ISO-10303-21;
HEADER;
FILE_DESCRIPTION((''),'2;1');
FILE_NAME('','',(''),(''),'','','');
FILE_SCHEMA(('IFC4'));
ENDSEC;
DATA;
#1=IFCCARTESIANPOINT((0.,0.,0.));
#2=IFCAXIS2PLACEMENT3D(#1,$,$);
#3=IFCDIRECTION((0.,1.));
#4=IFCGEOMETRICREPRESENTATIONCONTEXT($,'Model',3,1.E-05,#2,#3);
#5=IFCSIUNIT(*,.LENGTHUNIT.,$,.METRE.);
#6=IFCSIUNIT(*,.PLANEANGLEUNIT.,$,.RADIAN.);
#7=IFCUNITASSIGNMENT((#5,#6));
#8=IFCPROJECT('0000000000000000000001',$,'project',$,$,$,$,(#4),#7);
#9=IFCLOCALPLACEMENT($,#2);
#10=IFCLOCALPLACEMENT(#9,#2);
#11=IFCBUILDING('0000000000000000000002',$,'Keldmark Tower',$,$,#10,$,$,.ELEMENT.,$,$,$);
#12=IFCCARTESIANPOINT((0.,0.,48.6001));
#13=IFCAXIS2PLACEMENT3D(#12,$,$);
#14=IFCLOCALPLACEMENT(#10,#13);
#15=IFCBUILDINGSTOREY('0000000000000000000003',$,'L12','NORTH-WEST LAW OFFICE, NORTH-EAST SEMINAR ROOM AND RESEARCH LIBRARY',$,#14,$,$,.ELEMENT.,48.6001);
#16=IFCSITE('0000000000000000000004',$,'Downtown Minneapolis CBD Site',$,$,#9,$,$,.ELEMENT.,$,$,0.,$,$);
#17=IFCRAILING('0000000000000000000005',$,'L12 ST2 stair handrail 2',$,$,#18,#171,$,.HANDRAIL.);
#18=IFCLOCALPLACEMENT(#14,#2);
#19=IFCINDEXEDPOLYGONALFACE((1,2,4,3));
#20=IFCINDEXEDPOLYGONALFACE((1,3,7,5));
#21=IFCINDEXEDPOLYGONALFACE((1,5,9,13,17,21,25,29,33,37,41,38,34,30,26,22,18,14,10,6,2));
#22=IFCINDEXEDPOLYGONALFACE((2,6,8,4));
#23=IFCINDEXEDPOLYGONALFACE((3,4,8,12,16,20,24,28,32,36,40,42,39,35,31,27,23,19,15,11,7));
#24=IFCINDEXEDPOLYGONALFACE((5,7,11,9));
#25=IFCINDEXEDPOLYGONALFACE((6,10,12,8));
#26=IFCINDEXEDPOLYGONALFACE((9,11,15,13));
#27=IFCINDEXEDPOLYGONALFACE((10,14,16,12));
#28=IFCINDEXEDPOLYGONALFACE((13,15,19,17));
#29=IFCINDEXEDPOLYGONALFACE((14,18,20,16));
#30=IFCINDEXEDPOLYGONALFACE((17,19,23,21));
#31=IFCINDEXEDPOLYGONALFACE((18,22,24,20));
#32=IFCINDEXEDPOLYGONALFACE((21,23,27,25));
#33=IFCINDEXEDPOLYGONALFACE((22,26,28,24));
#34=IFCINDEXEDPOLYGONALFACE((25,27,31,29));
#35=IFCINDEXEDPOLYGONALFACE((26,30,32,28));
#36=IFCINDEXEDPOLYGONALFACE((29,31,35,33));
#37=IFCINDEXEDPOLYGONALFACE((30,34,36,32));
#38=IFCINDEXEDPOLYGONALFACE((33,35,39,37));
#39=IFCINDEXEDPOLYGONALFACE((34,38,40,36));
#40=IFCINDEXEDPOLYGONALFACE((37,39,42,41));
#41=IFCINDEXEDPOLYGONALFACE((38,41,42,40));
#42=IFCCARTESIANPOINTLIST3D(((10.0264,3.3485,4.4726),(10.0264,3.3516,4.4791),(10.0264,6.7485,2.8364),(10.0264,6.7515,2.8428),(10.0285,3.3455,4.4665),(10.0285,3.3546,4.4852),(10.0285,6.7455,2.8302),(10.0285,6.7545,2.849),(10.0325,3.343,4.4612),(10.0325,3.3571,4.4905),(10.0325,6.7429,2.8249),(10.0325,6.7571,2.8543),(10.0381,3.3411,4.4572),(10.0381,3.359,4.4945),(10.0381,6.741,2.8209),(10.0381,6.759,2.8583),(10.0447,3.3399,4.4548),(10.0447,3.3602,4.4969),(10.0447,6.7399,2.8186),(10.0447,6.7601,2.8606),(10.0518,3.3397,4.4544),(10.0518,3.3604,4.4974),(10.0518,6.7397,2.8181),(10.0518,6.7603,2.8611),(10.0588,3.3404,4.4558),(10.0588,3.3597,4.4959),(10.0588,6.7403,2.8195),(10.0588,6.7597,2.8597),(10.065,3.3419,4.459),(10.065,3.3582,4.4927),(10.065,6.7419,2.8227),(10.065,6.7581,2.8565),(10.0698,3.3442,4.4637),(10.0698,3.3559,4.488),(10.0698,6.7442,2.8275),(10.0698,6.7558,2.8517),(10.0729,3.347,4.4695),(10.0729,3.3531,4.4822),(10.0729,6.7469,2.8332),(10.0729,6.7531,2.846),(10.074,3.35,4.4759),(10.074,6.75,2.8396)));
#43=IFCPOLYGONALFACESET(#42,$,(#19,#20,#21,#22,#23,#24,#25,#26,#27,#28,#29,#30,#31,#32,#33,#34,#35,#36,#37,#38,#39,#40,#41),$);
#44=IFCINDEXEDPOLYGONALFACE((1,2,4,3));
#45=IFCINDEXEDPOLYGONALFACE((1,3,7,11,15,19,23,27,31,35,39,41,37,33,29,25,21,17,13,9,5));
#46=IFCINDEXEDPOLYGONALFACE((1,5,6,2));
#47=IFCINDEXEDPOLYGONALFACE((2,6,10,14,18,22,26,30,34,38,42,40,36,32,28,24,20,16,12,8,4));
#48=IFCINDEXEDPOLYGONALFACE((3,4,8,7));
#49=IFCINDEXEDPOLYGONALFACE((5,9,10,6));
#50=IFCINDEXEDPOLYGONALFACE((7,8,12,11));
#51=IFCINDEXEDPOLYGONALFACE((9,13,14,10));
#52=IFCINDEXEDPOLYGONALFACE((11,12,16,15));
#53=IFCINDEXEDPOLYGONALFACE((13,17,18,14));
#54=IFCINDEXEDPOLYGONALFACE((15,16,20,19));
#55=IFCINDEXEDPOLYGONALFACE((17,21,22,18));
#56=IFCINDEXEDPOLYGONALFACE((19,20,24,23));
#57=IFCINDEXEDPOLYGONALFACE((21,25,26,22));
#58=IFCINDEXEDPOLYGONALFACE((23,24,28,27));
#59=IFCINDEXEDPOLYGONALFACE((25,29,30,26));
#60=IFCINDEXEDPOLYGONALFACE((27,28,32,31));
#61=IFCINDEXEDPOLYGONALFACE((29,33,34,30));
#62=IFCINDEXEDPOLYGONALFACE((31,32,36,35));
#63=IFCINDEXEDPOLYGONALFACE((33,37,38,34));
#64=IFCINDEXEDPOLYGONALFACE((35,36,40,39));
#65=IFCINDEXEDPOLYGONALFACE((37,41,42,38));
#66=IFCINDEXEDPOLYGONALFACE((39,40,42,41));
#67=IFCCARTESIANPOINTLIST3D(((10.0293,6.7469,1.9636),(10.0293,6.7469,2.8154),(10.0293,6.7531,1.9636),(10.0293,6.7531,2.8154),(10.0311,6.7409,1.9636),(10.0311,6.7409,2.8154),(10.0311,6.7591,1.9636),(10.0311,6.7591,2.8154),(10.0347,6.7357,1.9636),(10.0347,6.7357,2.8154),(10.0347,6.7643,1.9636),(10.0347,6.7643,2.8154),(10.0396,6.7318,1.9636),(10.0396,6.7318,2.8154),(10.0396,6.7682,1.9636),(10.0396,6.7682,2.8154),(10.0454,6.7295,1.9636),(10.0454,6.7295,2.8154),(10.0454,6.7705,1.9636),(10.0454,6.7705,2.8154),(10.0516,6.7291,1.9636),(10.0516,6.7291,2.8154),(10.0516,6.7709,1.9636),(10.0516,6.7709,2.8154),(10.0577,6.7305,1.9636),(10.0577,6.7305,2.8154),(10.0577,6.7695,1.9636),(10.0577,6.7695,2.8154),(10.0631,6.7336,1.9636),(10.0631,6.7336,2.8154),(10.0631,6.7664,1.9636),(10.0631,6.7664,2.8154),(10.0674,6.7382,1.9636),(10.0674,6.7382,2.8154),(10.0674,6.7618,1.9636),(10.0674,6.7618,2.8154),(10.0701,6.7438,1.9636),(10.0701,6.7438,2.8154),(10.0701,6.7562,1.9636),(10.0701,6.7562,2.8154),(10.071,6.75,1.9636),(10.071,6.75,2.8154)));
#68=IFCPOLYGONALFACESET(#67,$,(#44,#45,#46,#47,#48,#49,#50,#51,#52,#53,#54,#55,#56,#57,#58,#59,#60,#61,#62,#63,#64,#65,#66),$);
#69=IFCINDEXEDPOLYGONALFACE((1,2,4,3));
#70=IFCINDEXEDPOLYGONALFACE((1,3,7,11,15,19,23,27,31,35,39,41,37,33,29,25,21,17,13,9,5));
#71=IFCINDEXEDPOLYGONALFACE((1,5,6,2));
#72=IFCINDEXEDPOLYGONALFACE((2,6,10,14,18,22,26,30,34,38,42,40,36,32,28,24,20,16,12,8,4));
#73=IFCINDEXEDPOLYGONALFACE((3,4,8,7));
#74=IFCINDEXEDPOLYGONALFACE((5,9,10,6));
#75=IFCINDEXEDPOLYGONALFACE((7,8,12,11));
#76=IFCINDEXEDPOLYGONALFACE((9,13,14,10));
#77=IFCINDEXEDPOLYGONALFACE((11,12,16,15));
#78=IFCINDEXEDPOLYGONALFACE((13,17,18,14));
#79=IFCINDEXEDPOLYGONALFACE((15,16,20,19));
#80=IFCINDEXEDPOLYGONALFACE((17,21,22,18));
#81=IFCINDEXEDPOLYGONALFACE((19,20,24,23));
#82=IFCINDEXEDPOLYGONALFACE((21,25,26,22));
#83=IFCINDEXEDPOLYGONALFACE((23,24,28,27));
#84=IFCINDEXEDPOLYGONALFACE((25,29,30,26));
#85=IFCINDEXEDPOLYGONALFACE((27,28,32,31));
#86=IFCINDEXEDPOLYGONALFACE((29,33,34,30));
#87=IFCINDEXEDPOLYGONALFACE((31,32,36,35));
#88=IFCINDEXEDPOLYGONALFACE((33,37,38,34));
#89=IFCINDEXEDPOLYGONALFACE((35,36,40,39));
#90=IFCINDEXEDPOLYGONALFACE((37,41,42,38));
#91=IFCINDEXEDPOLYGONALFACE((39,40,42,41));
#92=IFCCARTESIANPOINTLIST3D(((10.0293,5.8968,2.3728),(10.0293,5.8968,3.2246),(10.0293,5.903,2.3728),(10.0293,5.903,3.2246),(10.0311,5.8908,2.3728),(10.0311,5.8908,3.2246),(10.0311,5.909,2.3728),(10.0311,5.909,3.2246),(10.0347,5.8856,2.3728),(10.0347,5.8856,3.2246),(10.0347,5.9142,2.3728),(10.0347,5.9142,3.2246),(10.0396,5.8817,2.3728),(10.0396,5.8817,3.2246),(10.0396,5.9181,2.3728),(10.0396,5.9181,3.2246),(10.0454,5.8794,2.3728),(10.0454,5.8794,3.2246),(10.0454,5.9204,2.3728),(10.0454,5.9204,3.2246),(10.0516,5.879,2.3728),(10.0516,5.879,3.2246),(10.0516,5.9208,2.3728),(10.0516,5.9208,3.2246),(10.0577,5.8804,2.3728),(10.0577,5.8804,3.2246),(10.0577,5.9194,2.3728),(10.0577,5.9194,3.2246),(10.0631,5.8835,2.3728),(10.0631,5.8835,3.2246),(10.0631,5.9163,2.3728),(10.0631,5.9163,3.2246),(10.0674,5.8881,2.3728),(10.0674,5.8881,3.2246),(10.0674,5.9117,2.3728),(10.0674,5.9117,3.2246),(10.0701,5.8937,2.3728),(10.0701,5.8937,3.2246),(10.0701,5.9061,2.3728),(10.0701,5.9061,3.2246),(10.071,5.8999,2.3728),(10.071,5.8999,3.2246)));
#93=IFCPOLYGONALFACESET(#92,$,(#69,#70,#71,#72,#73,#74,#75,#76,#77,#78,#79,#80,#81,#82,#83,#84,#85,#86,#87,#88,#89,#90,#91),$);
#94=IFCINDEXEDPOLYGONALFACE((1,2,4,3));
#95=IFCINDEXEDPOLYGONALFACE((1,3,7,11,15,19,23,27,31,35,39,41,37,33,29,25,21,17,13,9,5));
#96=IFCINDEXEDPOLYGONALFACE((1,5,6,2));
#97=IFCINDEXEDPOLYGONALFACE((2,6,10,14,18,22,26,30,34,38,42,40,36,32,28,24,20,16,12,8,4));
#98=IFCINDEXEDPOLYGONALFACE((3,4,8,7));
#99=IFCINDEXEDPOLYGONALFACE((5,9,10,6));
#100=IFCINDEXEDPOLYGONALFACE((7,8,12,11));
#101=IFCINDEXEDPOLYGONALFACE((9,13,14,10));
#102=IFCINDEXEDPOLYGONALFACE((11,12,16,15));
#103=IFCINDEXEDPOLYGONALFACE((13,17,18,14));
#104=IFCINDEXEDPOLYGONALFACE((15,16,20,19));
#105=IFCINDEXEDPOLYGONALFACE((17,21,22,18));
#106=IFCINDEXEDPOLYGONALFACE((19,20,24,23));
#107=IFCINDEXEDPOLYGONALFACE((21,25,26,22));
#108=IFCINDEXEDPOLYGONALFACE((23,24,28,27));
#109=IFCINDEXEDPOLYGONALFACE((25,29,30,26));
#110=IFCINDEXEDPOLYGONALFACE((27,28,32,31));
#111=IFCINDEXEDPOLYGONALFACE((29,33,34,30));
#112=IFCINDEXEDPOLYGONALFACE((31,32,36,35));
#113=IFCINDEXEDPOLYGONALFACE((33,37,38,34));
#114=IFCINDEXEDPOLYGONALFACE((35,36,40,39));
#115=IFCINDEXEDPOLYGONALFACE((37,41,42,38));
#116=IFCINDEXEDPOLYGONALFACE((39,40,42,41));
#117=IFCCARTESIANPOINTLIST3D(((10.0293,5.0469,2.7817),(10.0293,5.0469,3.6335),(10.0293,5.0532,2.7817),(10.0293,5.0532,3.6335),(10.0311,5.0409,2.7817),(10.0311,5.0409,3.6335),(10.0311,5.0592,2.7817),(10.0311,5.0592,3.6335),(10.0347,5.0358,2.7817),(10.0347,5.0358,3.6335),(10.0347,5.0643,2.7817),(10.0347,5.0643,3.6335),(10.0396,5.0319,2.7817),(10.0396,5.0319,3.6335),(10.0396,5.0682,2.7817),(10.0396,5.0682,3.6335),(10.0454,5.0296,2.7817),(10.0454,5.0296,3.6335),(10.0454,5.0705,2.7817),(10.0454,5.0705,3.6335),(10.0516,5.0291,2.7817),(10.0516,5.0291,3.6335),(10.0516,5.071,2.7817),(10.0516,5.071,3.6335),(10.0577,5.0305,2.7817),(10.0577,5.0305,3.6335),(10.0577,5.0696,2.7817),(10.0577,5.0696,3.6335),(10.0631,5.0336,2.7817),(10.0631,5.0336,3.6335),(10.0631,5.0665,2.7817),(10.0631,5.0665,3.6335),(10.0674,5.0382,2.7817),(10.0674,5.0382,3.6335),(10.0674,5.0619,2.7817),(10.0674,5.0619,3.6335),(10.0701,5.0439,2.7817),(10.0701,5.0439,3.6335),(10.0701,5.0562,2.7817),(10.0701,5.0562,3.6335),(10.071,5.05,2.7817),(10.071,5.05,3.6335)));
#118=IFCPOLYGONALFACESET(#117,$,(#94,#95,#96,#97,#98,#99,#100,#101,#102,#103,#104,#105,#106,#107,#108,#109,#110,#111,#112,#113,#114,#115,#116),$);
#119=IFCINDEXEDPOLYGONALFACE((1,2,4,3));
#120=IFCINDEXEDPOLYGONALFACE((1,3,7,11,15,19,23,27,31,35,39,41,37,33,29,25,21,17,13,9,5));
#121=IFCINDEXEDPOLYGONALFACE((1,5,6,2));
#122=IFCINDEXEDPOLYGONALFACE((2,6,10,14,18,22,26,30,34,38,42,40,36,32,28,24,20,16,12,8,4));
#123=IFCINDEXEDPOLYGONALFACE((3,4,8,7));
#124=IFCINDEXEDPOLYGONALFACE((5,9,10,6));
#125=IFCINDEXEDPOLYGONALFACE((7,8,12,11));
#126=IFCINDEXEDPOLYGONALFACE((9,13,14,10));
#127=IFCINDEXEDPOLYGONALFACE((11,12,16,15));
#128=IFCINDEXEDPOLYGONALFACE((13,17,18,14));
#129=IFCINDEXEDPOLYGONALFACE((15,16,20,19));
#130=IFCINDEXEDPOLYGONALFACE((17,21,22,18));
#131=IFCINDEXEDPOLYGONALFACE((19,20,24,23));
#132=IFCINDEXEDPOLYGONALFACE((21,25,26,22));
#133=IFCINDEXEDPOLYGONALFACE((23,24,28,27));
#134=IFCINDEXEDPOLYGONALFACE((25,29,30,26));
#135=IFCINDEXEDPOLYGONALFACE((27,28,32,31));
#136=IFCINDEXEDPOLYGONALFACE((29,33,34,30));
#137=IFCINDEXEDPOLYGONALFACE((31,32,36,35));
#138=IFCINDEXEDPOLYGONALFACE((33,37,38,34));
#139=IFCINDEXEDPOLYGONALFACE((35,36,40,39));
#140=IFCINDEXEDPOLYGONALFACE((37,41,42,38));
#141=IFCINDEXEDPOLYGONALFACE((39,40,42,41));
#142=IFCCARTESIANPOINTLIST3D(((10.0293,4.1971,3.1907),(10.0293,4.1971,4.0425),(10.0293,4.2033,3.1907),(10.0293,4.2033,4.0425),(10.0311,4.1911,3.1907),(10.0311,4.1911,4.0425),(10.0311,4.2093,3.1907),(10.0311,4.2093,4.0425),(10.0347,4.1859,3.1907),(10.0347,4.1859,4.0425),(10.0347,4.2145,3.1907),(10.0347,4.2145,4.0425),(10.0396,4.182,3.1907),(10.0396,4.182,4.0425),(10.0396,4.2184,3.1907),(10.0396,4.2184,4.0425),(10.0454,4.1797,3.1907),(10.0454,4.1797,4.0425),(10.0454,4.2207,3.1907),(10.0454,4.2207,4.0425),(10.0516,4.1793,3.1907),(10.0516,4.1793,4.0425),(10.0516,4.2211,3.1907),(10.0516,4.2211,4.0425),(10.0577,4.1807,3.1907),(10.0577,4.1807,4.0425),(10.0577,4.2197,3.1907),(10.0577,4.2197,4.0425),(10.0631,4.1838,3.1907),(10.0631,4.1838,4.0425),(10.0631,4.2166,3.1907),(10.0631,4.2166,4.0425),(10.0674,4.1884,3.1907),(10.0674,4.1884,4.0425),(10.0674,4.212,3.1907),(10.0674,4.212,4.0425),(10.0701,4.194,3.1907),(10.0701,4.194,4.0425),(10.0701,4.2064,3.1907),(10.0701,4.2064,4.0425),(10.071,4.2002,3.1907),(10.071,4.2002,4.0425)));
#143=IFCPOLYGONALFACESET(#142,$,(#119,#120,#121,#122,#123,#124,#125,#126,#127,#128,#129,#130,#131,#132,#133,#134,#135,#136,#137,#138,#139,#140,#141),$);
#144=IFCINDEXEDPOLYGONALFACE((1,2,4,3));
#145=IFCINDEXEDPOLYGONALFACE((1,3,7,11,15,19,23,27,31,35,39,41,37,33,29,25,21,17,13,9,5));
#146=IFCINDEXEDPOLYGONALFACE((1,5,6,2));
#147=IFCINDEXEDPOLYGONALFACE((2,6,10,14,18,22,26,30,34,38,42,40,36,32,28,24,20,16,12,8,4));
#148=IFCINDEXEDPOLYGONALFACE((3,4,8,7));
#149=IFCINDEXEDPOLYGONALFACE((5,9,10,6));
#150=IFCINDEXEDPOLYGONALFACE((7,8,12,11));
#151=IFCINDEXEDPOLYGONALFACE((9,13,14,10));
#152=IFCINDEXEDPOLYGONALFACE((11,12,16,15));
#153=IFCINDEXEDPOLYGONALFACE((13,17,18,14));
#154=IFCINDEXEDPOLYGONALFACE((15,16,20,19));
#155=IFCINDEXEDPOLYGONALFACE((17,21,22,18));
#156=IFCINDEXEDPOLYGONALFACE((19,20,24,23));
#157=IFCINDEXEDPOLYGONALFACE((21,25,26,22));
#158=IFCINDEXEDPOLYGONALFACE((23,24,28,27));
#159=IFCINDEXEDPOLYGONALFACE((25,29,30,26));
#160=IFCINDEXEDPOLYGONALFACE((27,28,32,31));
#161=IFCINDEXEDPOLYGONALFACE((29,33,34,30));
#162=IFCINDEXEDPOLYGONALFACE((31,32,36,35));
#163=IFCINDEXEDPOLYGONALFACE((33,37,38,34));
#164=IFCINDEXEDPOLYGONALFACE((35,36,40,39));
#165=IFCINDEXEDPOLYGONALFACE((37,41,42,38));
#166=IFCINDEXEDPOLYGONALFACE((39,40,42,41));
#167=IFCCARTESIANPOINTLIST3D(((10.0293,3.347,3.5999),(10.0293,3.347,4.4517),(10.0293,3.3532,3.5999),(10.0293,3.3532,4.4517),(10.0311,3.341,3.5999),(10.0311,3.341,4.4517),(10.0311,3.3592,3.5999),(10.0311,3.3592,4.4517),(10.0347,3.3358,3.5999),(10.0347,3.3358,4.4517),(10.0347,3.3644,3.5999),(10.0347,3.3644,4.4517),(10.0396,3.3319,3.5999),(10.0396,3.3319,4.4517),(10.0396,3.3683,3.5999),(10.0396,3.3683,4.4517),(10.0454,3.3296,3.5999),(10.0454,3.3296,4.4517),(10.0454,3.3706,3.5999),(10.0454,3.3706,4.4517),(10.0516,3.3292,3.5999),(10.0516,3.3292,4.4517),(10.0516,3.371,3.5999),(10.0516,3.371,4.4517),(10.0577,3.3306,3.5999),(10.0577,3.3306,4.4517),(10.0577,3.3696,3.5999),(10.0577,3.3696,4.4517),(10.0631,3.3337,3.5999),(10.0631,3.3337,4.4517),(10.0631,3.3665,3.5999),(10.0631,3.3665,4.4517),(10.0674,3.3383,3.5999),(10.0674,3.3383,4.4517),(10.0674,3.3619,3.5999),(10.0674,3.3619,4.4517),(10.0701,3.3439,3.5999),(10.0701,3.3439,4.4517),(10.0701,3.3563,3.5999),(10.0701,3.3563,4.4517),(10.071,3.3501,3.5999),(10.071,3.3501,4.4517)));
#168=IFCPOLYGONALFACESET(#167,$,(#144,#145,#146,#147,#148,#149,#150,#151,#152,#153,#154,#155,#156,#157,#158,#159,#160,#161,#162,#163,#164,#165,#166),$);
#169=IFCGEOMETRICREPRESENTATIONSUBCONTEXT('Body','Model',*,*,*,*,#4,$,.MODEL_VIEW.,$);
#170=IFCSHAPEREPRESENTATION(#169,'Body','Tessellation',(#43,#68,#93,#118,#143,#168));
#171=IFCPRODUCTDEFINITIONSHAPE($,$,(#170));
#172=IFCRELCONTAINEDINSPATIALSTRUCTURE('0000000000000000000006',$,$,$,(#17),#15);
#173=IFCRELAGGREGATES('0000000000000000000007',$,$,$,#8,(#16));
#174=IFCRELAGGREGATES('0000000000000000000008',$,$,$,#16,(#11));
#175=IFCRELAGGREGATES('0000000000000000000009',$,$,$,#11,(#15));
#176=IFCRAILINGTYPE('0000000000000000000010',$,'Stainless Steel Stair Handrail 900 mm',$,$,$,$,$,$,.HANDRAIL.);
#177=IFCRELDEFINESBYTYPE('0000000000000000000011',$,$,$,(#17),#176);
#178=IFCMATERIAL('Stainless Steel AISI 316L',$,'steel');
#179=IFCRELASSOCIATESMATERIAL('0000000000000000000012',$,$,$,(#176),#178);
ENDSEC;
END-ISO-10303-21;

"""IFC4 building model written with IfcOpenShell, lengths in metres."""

from ifc_helpers import new_model, si_unit, direction, frame, origin, origin_2d, place, context, subcontext, project, spatial, circle, extrude, material, type_object, element, save


model = new_model("IFC4")

# Units and contexts
model_context = context("Model", 3, precision=1e-05, world=origin(), true_north=direction((0.0, 1.0)))
body_context = subcontext(model_context, "Body", "Model", "MODEL_VIEW")
ifc_project = project(units=[si_unit("LENGTHUNIT", "METRE"), si_unit("PLANEANGLEUNIT", "RADIAN")], contexts=[model_context])

# Site, building, storey
site_placement = place(None, origin())
site = spatial("IfcSite", under=ifc_project, at=site_placement, Name="Downtown Minneapolis CBD Site", CompositionType="ELEMENT", RefElevation=0.0)
building_placement = place(site_placement, origin())
building = spatial("IfcBuilding", under=site, at=building_placement, Name="Keldmark Tower", CompositionType="ELEMENT")
storey_placement = place(building_placement, frame((0.0, 0.0, 48.6001)))
storey = spatial("IfcBuildingStorey", under=building, at=storey_placement, Name="L12", Description="NORTH-WEST LAW OFFICE, NORTH-EAST SEMINAR ROOM AND RESEARCH LIBRARY", CompositionType="ELEMENT", Elevation=48.6001)

# Railing
ifc_material_1 = material(Name="Stainless Steel AISI 316L", Category="steel")
railing_type = type_object("IfcRailingType", Name="Stainless Steel Stair Handrail 900 mm", PredefinedType="HANDRAIL", material=ifc_material_1)
railing_1_placement = place(storey_placement, frame((10.05, 6.75, 1.9636)))
element("IfcRailing", 1, at=railing_1_placement, inside=storey, type_object=railing_type, Name="L12 ST2 stair handrail 2", PredefinedType="HANDRAIL", context=body_context, shape_type="SweptSolid", body=[
    extrude(circle(Radius=0.0239, at=origin_2d()), frame((0.0, 0.0, 0.876), z_axis=(0.0, -0.90108, 0.433652), x_axis=(1.0, 0.0, 0.0)), (0.0, 0.0, 1.0), 3.7732),
    extrude(circle(Radius=0.021, at=origin_2d()), origin(), (0.0, 0.0, 1.0), 0.8518),
    extrude(circle(Radius=0.021, at=origin_2d()), frame((0.0, -0.8501, 0.4092)), (0.0, 0.0, 1.0), 0.8518),
    extrude(circle(Radius=0.021, at=origin_2d()), frame((0.0, -1.7, 0.8181)), (0.0, 0.0, 1.0), 0.8518),
    extrude(circle(Radius=0.021, at=origin_2d()), frame((0.0, -2.5498, 1.2271)), (0.0, 0.0, 1.0), 0.8518),
    extrude(circle(Radius=0.021, at=origin_2d()), frame((0.0, -3.3999, 1.6362)), (0.0, 0.0, 1.0), 0.8518),
])

save(model, "model.ifc")
